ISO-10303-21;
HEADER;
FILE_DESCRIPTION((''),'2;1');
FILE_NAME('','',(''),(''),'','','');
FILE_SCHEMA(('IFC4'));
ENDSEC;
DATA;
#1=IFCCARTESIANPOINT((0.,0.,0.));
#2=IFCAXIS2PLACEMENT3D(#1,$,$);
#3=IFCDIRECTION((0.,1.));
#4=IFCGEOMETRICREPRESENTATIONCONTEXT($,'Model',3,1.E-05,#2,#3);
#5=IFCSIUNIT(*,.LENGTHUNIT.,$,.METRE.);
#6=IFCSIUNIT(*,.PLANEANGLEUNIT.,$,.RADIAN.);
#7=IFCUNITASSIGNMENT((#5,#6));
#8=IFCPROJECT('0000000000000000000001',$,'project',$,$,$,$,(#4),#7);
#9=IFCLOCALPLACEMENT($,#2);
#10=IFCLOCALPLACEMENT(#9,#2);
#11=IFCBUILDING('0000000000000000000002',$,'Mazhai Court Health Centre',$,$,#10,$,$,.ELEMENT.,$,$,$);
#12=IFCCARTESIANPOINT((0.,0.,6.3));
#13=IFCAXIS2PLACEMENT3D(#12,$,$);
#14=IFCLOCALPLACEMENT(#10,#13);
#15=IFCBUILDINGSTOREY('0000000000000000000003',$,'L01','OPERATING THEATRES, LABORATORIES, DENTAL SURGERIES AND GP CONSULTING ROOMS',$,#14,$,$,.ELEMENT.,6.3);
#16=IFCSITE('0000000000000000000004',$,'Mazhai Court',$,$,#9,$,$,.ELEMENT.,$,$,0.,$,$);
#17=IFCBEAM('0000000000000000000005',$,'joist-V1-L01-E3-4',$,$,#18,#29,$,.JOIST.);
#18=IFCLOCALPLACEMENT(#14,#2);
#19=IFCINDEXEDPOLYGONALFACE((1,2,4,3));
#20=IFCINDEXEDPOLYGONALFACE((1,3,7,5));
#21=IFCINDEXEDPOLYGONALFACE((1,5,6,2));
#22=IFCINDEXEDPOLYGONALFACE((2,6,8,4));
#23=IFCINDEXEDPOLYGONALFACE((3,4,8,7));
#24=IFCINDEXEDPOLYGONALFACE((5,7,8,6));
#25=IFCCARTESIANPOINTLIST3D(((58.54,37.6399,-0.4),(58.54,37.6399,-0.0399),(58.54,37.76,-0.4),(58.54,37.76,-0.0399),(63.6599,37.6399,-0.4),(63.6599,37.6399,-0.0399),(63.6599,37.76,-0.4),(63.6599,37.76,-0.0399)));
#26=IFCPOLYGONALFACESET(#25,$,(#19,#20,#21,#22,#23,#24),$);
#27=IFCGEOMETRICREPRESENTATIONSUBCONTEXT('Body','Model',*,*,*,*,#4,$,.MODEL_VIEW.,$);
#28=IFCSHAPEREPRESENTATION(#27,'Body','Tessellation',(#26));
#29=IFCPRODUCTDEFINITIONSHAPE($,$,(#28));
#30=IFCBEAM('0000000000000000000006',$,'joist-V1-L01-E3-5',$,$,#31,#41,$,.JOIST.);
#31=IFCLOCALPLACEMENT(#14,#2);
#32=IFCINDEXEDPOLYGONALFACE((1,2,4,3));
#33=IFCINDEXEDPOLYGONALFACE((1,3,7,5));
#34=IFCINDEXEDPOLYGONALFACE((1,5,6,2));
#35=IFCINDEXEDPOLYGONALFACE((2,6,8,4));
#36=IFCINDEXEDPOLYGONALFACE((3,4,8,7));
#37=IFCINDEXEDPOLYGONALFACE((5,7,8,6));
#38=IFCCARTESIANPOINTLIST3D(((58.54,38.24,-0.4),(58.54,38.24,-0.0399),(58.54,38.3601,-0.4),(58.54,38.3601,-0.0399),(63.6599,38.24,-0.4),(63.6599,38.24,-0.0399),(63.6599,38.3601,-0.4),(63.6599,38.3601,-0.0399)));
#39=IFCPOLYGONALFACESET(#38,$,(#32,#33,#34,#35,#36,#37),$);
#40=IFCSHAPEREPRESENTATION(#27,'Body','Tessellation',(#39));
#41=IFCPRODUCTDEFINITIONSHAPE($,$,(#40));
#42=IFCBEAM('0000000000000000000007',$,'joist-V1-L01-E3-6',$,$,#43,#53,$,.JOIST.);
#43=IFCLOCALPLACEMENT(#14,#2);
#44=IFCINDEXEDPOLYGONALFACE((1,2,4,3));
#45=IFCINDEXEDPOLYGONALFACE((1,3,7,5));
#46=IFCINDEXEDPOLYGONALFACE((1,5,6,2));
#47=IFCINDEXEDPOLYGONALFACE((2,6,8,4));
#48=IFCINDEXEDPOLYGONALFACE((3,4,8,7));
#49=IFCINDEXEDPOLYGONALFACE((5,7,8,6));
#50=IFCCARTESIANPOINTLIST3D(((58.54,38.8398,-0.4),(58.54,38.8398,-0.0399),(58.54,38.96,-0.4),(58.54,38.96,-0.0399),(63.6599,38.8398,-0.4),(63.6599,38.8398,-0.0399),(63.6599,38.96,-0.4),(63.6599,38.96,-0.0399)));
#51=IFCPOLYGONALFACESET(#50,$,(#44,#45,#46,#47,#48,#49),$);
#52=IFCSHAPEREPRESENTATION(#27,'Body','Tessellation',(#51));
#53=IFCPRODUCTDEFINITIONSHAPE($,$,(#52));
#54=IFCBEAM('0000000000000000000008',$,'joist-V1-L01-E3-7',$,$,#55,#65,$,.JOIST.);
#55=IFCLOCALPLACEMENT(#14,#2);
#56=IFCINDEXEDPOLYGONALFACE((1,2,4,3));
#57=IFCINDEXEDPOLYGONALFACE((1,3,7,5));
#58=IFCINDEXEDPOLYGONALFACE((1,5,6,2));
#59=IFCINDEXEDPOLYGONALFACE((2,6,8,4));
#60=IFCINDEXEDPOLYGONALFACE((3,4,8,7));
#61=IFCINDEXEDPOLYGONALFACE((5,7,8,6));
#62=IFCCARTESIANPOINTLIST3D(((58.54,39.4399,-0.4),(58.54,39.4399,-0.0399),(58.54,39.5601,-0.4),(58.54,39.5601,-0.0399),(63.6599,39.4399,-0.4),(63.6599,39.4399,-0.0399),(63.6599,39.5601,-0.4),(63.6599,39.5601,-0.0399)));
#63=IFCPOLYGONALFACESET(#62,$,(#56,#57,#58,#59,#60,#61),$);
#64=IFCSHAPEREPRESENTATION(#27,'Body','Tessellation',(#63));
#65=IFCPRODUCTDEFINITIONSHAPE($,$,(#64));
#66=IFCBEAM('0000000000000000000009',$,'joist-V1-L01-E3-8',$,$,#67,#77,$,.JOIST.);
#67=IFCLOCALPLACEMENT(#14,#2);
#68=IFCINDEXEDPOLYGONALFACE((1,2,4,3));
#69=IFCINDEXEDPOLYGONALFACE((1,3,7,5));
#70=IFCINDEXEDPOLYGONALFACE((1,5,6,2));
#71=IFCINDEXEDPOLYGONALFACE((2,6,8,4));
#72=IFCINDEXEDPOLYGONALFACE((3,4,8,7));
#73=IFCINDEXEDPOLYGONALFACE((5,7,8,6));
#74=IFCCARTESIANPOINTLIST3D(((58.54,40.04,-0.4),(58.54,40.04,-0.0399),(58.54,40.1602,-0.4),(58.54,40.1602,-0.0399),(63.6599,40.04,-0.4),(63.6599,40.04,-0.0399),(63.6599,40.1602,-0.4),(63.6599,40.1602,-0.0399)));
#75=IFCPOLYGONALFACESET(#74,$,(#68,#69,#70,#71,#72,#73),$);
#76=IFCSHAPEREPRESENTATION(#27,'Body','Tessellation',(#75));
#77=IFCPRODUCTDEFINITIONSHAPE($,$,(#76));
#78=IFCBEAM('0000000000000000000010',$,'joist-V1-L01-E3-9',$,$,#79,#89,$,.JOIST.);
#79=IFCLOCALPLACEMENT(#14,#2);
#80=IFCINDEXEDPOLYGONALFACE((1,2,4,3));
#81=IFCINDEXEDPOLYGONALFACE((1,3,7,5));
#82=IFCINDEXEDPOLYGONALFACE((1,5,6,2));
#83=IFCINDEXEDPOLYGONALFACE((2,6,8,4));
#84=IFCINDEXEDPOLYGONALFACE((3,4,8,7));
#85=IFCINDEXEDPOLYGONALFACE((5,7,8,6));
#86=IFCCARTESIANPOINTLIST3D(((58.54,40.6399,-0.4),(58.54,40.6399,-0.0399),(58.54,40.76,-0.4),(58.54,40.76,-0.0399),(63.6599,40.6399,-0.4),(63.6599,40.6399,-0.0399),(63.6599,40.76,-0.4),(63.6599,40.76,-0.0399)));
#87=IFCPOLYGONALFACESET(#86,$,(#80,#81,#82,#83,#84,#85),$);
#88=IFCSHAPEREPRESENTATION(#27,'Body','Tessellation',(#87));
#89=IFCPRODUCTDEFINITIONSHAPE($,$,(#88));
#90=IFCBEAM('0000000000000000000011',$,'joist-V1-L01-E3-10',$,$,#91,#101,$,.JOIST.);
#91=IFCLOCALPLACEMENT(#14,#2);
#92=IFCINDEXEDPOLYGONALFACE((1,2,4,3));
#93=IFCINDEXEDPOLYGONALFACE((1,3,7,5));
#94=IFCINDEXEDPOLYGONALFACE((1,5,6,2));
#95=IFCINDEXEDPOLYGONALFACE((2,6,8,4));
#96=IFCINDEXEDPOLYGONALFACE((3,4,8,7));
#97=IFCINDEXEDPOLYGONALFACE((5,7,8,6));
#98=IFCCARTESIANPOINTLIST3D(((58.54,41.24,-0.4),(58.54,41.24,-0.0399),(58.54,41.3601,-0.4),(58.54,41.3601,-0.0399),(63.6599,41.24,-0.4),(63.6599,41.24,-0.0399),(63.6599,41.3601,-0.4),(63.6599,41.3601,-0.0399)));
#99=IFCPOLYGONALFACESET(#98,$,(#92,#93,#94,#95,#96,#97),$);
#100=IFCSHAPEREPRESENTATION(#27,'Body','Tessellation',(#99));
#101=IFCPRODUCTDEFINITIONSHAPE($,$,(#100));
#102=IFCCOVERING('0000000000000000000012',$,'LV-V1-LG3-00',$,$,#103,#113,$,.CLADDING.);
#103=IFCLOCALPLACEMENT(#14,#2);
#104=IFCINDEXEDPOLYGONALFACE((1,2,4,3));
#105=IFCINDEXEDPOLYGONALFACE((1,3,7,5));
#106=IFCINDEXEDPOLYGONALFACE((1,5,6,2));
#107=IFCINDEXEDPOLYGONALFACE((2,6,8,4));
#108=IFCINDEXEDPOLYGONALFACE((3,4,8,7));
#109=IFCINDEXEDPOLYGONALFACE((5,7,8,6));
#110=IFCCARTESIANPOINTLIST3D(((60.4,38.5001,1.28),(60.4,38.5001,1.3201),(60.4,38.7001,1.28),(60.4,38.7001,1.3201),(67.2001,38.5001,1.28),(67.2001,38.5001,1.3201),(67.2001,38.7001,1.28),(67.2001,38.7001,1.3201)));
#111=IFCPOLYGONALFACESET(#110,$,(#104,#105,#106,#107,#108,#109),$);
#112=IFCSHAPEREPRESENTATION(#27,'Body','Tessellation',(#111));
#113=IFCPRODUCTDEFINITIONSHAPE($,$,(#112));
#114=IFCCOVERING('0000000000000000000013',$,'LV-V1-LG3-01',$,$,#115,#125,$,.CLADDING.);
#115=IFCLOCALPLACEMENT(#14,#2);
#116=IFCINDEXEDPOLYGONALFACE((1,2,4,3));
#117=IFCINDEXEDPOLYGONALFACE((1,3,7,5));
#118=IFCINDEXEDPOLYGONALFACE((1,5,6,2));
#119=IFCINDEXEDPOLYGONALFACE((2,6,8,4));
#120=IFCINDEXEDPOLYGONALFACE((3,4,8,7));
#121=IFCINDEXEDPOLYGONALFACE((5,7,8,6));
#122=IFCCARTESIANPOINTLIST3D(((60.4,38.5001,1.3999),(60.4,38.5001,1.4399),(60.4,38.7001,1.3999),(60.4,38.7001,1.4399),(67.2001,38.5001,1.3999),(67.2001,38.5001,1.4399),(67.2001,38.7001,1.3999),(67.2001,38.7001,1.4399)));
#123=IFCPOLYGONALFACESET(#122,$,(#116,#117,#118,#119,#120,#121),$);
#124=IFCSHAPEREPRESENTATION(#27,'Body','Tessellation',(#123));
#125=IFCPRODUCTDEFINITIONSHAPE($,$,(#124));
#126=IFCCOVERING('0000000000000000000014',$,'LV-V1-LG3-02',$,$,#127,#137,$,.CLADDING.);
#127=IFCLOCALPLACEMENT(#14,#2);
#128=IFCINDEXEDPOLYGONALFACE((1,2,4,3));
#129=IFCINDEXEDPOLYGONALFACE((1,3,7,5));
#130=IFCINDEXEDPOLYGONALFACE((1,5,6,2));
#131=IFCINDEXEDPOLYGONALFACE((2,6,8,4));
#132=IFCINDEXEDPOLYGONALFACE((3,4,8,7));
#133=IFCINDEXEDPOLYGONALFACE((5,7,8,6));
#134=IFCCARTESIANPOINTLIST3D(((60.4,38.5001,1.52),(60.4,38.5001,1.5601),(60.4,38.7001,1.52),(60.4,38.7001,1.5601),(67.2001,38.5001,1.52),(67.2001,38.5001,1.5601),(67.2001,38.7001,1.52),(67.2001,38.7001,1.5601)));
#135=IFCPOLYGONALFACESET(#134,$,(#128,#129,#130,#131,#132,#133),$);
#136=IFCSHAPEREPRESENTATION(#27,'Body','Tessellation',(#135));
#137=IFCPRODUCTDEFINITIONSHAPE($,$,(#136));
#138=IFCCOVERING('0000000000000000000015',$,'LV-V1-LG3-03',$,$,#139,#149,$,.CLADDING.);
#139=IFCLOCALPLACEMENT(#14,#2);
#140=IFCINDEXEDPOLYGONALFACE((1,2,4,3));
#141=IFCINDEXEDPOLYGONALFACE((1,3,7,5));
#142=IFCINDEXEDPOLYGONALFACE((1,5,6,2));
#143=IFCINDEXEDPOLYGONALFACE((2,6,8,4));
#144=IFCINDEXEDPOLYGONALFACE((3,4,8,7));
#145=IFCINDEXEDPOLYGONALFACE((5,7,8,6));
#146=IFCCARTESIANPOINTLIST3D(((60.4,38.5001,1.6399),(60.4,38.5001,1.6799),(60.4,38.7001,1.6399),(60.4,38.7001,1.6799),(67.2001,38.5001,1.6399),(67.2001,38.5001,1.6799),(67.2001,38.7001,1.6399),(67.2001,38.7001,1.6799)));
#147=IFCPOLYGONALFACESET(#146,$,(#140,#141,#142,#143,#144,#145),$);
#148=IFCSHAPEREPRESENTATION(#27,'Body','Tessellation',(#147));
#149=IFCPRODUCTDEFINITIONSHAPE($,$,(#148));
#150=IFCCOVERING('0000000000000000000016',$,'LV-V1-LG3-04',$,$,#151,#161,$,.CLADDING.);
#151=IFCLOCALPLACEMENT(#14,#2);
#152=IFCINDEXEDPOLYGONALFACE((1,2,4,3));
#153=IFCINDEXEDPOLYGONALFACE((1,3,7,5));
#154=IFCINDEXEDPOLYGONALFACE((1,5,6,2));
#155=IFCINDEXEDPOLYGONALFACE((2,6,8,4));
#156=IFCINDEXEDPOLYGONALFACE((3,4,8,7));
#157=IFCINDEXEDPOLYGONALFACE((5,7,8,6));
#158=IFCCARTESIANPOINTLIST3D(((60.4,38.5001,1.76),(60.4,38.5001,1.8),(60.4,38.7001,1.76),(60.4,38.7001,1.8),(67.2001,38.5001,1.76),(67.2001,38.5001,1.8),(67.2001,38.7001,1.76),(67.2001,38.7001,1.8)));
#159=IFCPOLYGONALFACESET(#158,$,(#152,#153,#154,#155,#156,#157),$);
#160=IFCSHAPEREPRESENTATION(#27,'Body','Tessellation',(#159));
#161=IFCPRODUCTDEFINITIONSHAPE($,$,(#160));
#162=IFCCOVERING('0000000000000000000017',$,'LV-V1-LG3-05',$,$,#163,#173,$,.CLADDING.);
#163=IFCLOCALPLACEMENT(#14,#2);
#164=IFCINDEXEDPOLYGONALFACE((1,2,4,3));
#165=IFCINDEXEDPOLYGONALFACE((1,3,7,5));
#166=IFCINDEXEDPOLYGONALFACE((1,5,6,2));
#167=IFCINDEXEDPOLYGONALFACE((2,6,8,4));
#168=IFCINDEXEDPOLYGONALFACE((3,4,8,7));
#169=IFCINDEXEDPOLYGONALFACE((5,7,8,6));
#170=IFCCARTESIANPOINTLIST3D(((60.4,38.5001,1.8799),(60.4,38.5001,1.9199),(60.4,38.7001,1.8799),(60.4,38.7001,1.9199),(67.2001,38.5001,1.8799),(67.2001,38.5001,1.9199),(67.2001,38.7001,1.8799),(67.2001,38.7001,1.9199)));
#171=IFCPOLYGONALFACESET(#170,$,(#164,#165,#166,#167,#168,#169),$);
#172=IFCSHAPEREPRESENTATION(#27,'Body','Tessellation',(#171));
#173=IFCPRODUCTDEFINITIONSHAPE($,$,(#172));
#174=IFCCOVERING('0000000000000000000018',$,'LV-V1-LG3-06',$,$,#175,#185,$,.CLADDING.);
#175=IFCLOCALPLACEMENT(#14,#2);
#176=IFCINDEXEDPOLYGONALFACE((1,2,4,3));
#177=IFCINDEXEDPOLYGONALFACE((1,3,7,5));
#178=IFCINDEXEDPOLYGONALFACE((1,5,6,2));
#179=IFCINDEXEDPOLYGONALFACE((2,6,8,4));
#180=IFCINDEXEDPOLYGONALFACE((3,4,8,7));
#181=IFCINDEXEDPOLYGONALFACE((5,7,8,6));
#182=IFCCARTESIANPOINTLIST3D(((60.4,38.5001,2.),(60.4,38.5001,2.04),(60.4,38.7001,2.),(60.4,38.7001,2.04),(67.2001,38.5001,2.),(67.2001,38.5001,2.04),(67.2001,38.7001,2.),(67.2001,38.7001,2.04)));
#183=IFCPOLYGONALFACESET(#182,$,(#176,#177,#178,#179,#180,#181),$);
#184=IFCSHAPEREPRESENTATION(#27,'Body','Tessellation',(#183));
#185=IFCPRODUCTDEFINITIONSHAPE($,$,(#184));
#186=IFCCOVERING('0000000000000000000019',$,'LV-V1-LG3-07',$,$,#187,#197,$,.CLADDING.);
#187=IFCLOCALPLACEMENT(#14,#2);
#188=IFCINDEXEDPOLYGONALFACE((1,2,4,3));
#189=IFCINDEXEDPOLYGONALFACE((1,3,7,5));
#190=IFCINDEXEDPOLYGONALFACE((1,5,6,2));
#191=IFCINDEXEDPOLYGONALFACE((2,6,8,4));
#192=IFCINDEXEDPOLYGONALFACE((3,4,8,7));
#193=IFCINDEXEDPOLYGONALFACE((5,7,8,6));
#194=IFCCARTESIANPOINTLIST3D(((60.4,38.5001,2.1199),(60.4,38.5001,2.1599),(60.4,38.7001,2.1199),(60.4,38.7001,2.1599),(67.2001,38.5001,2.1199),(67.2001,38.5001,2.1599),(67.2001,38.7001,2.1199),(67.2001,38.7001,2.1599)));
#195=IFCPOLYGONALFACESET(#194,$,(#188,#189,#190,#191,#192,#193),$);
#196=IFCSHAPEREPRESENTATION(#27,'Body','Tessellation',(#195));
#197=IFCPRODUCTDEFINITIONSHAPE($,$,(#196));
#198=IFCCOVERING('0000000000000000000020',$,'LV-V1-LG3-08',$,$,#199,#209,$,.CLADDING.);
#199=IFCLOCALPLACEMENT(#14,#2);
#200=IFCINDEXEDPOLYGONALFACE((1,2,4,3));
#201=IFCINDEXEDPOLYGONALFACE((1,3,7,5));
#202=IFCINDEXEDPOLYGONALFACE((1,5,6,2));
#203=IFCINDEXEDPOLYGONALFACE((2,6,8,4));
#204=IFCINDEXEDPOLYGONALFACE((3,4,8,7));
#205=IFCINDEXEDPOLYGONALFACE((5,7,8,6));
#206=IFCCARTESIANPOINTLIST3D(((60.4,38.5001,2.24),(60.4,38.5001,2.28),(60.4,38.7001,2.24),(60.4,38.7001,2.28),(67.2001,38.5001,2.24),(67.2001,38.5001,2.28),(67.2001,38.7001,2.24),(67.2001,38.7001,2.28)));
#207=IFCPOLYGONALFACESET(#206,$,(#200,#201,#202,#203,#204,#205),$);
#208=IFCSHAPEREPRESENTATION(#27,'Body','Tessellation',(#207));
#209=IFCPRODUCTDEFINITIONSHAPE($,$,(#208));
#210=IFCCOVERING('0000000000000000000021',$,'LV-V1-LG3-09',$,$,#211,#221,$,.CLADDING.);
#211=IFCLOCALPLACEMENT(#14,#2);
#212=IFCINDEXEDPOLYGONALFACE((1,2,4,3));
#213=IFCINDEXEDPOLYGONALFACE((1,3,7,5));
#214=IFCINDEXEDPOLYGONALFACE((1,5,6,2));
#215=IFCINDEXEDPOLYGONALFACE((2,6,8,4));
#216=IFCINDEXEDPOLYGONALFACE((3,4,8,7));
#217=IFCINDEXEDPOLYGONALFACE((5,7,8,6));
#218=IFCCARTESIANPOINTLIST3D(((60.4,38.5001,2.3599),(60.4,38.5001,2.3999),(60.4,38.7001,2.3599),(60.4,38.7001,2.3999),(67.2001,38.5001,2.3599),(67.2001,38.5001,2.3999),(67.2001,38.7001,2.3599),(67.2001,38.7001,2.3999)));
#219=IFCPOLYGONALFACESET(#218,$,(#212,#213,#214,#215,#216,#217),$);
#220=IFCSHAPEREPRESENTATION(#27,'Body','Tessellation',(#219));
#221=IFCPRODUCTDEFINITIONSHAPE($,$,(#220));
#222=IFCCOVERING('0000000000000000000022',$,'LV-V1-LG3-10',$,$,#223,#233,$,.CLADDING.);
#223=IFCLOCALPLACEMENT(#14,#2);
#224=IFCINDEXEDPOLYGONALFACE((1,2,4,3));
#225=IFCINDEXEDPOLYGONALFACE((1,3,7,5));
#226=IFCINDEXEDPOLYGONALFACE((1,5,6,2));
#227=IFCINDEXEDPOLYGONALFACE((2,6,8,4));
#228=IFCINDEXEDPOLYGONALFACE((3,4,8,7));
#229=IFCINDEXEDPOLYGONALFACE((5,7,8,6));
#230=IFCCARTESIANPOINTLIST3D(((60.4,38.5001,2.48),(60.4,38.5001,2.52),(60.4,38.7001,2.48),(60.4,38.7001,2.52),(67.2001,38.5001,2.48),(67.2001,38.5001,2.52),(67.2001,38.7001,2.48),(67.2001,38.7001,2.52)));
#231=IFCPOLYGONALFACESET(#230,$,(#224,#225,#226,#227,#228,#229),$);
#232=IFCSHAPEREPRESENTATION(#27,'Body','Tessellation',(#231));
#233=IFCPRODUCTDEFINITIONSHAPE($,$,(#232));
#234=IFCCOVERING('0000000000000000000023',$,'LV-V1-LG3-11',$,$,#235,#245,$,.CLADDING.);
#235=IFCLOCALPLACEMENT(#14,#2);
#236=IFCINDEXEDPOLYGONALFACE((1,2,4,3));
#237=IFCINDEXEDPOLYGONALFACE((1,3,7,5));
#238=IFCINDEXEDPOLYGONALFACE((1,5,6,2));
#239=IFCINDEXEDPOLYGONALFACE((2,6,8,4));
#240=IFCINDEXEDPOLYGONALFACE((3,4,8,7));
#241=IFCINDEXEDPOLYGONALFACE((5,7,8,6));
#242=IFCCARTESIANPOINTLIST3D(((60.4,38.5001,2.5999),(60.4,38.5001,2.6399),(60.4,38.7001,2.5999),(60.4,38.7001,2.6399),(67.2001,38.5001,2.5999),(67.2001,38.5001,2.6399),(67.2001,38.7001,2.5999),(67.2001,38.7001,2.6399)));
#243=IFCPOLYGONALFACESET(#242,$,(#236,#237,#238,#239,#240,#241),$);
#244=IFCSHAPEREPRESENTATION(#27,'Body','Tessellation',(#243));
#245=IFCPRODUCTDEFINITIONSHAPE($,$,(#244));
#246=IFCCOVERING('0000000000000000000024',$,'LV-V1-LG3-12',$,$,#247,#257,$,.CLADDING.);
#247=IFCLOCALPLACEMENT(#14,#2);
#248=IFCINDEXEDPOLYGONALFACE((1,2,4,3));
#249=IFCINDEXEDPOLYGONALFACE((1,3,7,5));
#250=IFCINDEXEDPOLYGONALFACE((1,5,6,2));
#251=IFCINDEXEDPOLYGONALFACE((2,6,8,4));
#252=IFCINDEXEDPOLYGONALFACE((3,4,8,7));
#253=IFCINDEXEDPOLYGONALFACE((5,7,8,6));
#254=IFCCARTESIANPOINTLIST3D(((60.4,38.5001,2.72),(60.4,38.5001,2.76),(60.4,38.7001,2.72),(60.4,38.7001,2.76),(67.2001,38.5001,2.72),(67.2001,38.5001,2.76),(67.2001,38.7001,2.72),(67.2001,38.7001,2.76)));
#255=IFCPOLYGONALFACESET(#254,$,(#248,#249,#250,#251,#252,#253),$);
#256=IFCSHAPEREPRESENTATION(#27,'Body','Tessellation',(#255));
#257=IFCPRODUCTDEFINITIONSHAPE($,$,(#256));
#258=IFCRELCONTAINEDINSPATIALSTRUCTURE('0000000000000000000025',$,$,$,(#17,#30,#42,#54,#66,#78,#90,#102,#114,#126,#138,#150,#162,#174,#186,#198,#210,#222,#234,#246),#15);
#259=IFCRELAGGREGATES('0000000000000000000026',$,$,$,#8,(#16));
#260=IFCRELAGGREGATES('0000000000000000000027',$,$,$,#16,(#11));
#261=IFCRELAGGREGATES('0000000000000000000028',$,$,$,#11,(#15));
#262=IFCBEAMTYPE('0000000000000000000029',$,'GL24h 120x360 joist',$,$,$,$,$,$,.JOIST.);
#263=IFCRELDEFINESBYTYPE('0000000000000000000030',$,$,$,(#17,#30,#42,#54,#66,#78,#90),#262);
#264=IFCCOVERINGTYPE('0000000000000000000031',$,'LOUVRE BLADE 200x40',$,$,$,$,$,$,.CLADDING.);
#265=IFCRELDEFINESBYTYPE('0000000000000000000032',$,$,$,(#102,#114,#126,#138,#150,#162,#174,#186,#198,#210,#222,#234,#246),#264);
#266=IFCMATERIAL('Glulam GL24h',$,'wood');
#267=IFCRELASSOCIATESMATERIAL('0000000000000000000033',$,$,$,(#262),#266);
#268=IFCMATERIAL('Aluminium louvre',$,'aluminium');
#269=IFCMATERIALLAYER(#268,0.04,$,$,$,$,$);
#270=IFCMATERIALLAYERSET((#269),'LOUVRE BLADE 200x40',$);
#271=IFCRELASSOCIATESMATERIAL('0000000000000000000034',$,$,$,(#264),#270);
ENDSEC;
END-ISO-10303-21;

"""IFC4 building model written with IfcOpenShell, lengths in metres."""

from ifc_helpers import new_model, si_unit, direction, frame, origin, origin_2d, place, context, subcontext, project, spatial, rectangle, extrude, material, layer, layer_set, material_profile, profile_set, type_object, element, save


model = new_model("IFC4")

# Units and contexts
model_context = context("Model", 3, precision=1e-05, world=origin(), true_north=direction((0.0, 1.0)))
body_context = subcontext(model_context, "Body", "Model", "MODEL_VIEW")
ifc_project = project(units=[si_unit("LENGTHUNIT", "METRE"), si_unit("PLANEANGLEUNIT", "RADIAN")], contexts=[model_context])

# Site, building, storey
site_placement = place(None, origin())
site = spatial("IfcSite", under=ifc_project, at=site_placement, Name="Mazhai Court", CompositionType="ELEMENT", RefElevation=0.0)
building_placement = place(site_placement, origin())
building = spatial("IfcBuilding", under=site, at=building_placement, Name="Mazhai Court Health Centre", CompositionType="ELEMENT")
storey_placement = place(building_placement, frame((0.0, 0.0, 6.3)))
storey = spatial("IfcBuildingStorey", under=building, at=storey_placement, Name="L01", Description="OPERATING THEATRES, LABORATORIES, DENTAL SURGERIES AND GP CONSULTING ROOMS", CompositionType="ELEMENT", Elevation=6.3)

# Beams
ifc_material_1 = material(Name="Glulam GL24h", Category="wood")
ifc_material_profile = material_profile(ifc_material_1, rectangle(XDim=0.1201, YDim=0.3601, at=origin_2d()), Name="GL24h 120x360")
ifc_profile_set = profile_set([ifc_material_profile], Name="Glulam GL24h")
beam_type = type_object("IfcBeamType", Name="GL24h 120x360 joist", PredefinedType="JOIST", material=ifc_profile_set)
for number, where, z_axis, x_axis, name in (
    (1, (58.54, 37.7, -0.22), (1.0, 0.0, 0.0), (0.0, 1.0, 0.0), "joist-V1-L01-E3-4"),
    (2, (58.54, 38.3, -0.22), (1.0, 0.0, 0.0), (0.0, 1.0, 0.0), "joist-V1-L01-E3-5"),
    (3, (58.54, 38.8999, -0.22), (1.0, 0.0, 0.0), (0.0, 1.0, 0.0), "joist-V1-L01-E3-6"),
    (4, (58.54, 39.5, -0.22), (1.0, 0.0, 0.0), (0.0, 1.0, 0.0), "joist-V1-L01-E3-7"),
    (5, (58.54, 40.1001, -0.22), (1.0, 0.0, 0.0), (0.0, 1.0, 0.0), "joist-V1-L01-E3-8"),
    (6, (58.54, 40.7, -0.22), (1.0, 0.0, 0.0), (0.0, 1.0, 0.0), "joist-V1-L01-E3-9"),
    (7, (58.54, 41.3, -0.22), (1.0, 0.0, 0.0), (0.0, 1.0, 0.0), "joist-V1-L01-E3-10"),
):
    element("IfcBeam", number, at=place(storey_placement, frame(where, z_axis=z_axis, x_axis=x_axis)), inside=storey, type_object=beam_type, Name=name, PredefinedType="JOIST", context=body_context, shape_type="SweptSolid", body=[
        extrude(rectangle(XDim=0.1201, YDim=0.3601, at=origin_2d()), origin(), (0.0, 0.0, 1.0), 5.1199),
    ])

# Coverings
ifc_material_2 = material(Name="Aluminium louvre", Category="aluminium")
ifc_layer = layer(ifc_material_2, 0.04)
ifc_layer_set = layer_set([ifc_layer], Name="LOUVRE BLADE 200x40")
covering_type = type_object("IfcCoveringType", Name="LOUVRE BLADE 200x40", PredefinedType="CLADDING", material=ifc_layer_set)
for number, where, z_axis, x_axis, name in (
    (8, (63.8, 38.6001, 1.28), (0.0, 0.0, 1.0), (0.0, 1.0, 0.0), "LV-V1-LG3-00"),
    (9, (63.8, 38.6001, 1.3999), (0.0, 0.0, 1.0), (0.0, 1.0, 0.0), "LV-V1-LG3-01"),
    (10, (63.8, 38.6001, 1.52), (0.0, 0.0, 1.0), (0.0, 1.0, 0.0), "LV-V1-LG3-02"),
    (11, (63.8, 38.6001, 1.6399), (0.0, 0.0, 1.0), (0.0, 1.0, 0.0), "LV-V1-LG3-03"),
    (12, (63.8, 38.6001, 1.76), (0.0, 0.0, 1.0), (0.0, 1.0, 0.0), "LV-V1-LG3-04"),
    (13, (63.8, 38.6001, 1.8799), (0.0, 0.0, 1.0), (0.0, 1.0, 0.0), "LV-V1-LG3-05"),
    (14, (63.8, 38.6001, 2.0), (0.0, 0.0, 1.0), (0.0, 1.0, 0.0), "LV-V1-LG3-06"),
    (15, (63.8, 38.6001, 2.1199), (0.0, 0.0, 1.0), (0.0, 1.0, 0.0), "LV-V1-LG3-07"),
    (16, (63.8, 38.6001, 2.24), (0.0, 0.0, 1.0), (0.0, 1.0, 0.0), "LV-V1-LG3-08"),
    (17, (63.8, 38.6001, 2.3599), (0.0, 0.0, 1.0), (0.0, 1.0, 0.0), "LV-V1-LG3-09"),
    (18, (63.8, 38.6001, 2.48), (0.0, 0.0, 1.0), (0.0, 1.0, 0.0), "LV-V1-LG3-10"),
    (19, (63.8, 38.6001, 2.5999), (0.0, 0.0, 1.0), (0.0, 1.0, 0.0), "LV-V1-LG3-11"),
    (20, (63.8, 38.6001, 2.72), (0.0, 0.0, 1.0), (0.0, 1.0, 0.0), "LV-V1-LG3-12"),
):
    element("IfcCovering", number, at=place(storey_placement, frame(where, z_axis=z_axis, x_axis=x_axis)), inside=storey, type_object=covering_type, Name=name, PredefinedType="CLADDING", context=body_context, shape_type="SweptSolid", body=[
        extrude(rectangle(XDim=0.2, YDim=6.8, at=origin_2d()), origin(), (0.0, 0.0, 1.0), 0.04),
    ])

save(model, "model.ifc")
